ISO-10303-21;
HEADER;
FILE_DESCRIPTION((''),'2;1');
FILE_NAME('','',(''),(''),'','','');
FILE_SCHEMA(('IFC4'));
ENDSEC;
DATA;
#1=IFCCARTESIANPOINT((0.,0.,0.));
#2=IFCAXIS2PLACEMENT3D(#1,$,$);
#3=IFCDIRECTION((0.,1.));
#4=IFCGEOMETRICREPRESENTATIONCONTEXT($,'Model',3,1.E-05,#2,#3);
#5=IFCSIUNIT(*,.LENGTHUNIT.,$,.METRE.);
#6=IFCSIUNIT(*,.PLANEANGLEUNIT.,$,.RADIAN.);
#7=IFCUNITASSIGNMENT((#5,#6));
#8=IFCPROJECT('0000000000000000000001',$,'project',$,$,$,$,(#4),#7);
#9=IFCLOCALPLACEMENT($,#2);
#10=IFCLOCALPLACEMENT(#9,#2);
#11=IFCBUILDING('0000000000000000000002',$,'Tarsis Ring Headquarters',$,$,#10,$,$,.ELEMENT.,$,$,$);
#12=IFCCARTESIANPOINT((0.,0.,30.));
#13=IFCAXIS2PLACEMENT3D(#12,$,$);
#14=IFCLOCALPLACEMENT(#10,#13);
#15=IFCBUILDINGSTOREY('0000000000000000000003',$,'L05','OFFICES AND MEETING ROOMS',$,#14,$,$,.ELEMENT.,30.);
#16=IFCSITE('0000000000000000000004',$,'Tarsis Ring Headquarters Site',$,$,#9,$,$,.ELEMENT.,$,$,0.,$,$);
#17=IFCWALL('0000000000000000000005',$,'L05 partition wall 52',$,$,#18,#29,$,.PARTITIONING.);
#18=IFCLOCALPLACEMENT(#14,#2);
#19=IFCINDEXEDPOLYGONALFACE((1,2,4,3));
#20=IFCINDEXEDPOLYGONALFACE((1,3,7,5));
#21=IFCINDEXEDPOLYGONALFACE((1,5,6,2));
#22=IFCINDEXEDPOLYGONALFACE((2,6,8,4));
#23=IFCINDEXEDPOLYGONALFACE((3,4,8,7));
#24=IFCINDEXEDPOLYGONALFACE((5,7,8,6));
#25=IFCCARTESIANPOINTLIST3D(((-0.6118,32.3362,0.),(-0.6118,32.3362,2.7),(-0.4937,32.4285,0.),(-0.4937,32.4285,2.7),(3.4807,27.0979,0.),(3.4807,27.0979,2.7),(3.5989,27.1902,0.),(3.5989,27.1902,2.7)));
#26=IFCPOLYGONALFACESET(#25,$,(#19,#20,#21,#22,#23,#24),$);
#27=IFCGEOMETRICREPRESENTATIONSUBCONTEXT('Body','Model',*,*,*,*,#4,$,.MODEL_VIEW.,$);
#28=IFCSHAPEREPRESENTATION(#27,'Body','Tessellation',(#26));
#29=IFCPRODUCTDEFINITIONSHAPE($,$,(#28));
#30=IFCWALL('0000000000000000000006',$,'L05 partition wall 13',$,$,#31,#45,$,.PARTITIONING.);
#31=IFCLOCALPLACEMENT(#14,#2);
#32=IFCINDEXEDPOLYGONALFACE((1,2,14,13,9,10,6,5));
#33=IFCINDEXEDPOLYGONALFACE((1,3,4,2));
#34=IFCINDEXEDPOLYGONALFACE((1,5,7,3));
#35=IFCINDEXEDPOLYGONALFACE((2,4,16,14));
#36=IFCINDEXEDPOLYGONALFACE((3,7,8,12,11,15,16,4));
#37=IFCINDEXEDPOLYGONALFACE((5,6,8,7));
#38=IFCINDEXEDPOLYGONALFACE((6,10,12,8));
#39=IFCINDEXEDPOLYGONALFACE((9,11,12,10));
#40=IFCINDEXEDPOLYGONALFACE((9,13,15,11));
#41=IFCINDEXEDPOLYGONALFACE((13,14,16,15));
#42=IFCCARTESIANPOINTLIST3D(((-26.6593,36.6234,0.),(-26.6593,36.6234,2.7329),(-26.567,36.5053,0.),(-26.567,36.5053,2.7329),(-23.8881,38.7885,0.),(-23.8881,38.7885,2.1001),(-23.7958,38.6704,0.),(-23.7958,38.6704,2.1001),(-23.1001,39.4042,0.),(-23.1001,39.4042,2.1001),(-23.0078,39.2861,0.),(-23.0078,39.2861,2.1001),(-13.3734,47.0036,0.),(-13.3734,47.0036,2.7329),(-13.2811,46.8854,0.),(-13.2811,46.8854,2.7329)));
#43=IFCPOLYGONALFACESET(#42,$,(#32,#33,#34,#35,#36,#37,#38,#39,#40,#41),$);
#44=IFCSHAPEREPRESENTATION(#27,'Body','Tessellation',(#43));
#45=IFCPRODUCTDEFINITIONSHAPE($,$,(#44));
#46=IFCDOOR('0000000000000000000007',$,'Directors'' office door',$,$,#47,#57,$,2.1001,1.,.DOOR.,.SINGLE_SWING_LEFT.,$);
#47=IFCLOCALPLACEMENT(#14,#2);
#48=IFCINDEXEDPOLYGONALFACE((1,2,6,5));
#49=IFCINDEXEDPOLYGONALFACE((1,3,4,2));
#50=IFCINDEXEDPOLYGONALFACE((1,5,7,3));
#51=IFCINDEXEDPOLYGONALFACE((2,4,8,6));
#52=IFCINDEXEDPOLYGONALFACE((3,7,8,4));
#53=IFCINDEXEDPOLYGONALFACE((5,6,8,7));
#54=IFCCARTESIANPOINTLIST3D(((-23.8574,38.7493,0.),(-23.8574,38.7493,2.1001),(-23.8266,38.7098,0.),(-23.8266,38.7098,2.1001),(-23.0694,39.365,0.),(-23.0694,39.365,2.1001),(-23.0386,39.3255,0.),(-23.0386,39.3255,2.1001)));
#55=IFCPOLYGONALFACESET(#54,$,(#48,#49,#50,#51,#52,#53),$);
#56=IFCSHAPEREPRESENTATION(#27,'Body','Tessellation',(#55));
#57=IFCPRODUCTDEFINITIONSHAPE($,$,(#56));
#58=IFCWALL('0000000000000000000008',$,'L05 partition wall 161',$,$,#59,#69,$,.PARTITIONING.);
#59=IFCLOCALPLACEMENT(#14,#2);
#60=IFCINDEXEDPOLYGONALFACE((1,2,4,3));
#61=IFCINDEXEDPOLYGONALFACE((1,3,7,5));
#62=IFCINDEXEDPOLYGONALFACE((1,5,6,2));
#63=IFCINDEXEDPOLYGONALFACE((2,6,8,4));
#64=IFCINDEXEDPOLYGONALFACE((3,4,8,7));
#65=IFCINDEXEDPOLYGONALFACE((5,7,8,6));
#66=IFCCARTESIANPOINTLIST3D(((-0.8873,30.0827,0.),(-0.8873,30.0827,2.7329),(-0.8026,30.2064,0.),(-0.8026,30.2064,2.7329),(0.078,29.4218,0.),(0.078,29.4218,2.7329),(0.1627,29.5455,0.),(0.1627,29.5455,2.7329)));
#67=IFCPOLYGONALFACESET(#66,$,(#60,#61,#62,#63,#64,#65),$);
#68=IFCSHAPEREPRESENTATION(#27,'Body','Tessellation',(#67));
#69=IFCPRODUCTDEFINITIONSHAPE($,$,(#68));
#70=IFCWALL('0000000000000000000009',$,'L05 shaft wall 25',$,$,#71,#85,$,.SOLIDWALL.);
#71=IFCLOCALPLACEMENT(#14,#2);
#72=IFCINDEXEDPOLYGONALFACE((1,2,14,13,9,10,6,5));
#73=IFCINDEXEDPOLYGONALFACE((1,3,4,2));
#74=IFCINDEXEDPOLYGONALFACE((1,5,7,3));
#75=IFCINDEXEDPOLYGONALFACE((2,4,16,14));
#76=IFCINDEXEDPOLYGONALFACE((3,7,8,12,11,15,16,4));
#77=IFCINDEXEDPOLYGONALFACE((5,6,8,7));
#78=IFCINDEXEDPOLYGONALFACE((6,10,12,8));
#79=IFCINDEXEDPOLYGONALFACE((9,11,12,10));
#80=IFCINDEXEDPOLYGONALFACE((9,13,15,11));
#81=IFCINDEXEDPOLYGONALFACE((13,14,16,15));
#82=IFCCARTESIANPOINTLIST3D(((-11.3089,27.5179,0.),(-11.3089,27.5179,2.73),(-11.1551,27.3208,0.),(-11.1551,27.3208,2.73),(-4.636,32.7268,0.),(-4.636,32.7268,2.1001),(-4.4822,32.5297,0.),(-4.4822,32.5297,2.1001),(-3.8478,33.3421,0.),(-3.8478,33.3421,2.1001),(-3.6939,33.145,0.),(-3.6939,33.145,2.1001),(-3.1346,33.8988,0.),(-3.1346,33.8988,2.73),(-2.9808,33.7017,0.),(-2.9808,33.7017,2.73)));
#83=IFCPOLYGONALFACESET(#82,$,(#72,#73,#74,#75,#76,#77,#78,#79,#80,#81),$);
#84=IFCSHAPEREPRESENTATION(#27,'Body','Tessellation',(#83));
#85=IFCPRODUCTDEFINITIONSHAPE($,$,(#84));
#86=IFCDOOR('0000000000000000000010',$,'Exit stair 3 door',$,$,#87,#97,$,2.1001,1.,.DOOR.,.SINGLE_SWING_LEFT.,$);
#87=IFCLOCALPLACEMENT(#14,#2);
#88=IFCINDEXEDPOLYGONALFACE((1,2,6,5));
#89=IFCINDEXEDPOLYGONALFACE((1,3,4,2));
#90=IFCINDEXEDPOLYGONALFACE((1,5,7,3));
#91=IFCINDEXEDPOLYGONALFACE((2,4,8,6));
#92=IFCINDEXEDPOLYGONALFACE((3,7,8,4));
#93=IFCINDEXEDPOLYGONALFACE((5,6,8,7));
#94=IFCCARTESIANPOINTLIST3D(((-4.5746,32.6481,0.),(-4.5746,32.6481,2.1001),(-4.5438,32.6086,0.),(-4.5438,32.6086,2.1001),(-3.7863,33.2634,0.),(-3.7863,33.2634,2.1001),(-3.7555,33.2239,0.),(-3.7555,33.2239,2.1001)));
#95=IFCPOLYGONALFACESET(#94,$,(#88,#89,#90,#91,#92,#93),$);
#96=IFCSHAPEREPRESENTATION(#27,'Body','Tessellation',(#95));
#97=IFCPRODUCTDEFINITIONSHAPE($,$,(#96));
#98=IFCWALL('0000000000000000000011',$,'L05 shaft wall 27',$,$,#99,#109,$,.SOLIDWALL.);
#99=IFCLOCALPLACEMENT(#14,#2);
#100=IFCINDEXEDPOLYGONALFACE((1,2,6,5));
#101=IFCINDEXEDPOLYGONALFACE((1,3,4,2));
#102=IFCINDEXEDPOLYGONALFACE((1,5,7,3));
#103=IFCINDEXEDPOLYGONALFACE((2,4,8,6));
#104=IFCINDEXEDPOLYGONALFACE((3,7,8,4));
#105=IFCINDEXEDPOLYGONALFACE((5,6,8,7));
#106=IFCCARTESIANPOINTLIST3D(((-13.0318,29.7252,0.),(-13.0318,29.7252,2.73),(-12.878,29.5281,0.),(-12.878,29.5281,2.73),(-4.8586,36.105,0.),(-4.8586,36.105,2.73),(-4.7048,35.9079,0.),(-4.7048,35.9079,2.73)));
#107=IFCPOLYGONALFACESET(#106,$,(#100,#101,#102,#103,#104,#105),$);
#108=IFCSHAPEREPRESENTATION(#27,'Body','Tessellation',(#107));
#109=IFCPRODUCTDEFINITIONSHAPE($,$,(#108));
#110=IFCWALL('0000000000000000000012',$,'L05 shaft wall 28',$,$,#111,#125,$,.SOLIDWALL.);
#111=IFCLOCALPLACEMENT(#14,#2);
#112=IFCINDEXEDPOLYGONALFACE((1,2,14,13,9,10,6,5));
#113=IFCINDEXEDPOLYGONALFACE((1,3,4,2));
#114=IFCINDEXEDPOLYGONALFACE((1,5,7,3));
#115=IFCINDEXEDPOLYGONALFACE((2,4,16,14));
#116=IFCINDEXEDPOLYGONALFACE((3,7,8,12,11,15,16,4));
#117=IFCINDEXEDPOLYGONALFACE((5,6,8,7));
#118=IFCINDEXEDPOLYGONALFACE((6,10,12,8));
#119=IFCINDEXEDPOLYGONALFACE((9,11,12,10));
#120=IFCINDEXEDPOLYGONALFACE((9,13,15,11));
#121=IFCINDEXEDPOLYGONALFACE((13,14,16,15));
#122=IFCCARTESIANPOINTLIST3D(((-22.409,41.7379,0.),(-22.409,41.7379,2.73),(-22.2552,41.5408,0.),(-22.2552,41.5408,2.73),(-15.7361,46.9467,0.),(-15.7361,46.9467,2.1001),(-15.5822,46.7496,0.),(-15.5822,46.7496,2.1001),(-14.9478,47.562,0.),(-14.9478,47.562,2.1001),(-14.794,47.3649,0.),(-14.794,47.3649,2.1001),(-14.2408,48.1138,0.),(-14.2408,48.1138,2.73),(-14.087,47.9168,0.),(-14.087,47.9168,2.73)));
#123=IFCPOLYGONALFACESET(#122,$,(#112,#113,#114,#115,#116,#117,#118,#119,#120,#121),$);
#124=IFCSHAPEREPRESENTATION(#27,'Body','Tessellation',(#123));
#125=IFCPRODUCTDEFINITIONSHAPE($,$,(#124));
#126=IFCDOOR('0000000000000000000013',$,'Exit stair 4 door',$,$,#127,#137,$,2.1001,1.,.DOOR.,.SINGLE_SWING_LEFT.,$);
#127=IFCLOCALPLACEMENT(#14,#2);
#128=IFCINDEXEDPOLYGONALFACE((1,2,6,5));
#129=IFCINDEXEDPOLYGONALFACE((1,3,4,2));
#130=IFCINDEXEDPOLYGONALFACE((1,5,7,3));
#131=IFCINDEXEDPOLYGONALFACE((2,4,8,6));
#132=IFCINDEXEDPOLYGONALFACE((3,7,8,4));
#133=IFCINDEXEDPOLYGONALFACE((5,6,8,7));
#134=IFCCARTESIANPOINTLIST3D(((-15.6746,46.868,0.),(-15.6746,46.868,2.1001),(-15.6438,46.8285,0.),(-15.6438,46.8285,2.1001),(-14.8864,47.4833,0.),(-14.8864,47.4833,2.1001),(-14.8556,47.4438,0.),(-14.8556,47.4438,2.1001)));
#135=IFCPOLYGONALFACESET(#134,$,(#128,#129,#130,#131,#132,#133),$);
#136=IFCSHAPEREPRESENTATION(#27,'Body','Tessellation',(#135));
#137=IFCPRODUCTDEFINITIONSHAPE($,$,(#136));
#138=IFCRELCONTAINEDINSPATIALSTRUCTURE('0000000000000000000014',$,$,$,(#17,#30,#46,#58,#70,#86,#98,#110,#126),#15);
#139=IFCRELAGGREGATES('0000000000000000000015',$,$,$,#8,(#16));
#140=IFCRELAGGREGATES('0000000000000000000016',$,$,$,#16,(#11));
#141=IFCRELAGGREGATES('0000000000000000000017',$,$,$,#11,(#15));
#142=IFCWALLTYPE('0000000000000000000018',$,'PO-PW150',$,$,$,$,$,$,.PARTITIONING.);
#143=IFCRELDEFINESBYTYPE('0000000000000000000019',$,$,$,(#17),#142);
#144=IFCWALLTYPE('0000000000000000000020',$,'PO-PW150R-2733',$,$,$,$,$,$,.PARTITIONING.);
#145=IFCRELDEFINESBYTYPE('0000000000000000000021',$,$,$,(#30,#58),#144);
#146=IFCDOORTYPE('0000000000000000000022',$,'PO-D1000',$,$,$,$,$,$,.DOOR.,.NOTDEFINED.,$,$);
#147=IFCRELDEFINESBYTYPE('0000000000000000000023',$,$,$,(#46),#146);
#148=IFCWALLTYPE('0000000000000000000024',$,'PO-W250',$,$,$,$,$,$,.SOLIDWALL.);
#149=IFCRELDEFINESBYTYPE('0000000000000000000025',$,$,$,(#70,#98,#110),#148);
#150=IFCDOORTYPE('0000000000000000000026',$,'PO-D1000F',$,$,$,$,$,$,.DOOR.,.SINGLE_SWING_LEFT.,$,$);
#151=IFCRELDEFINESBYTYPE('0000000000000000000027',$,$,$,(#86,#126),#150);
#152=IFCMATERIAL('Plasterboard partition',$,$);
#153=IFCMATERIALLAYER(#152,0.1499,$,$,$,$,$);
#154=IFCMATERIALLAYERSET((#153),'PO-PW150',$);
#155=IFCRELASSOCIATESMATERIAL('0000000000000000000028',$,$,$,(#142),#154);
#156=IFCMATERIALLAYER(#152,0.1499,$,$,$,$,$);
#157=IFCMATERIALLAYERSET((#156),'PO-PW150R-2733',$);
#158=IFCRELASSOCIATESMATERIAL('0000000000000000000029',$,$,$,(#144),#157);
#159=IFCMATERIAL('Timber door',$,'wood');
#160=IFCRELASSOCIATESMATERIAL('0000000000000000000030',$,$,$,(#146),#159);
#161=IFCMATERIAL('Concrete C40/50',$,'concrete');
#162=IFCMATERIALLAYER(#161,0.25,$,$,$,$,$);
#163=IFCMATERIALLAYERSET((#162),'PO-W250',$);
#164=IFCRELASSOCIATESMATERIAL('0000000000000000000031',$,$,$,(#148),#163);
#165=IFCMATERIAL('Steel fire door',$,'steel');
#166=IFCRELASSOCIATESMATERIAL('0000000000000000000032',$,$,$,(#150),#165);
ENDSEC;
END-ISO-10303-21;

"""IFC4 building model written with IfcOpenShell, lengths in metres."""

from ifc_helpers import new_model, si_unit, direction, frame, frame_2d, origin, place, context, subcontext, project, spatial, rectangle, extrude, material, layer, layer_set, type_object, element, fill, save


model = new_model("IFC4")

# Units and contexts
model_context = context("Model", 3, precision=1e-05, world=origin(), true_north=direction((0.0, 1.0)))
body_context = subcontext(model_context, "Body", "Model", "MODEL_VIEW")
ifc_project = project(units=[si_unit("LENGTHUNIT", "METRE"), si_unit("PLANEANGLEUNIT", "RADIAN")], contexts=[model_context])

# Site, building, storey
site_placement = place(None, origin())
site = spatial("IfcSite", under=ifc_project, at=site_placement, Name="Tarsis Ring Headquarters Site", CompositionType="ELEMENT", RefElevation=0.0)
building_placement = place(site_placement, origin())
building = spatial("IfcBuilding", under=site, at=building_placement, Name="Tarsis Ring Headquarters", CompositionType="ELEMENT")
storey_placement = place(building_placement, frame((0.0, 0.0, 30.0)))
storey = spatial("IfcBuildingStorey", under=building, at=storey_placement, Name="L05", Description="OFFICES AND MEETING ROOMS", CompositionType="ELEMENT", Elevation=30.0)

# Shared definitions
ifc_material_1 = material(Name="Concrete C40/50", Category="concrete")

# Wall
ifc_material_2 = material(Name="Plasterboard partition")
ifc_layer_1 = layer(ifc_material_2, 0.1499)
ifc_layer_set_1 = layer_set([ifc_layer_1], Name="PO-PW150")
wall_type_1 = type_object("IfcWallType", Name="PO-PW150", PredefinedType="PARTITIONING", material=ifc_layer_set_1)
wall_1_placement = place(storey_placement, frame((-0.5527, 32.3823, 0.0), z_axis=(0.0, 0.0, 1.0), x_axis=(0.615655, -0.788015, 0.0)))
element("IfcWall", 1, at=wall_1_placement, inside=storey, type_object=wall_type_1, Name="L05 partition wall 52", PredefinedType="PARTITIONING", context=body_context, shape_type="SweptSolid", body=[
    extrude(rectangle(XDim=6.6475, YDim=0.1499, at=frame_2d((3.3237, 0.0))), origin(), (0.0, 0.0, 1.0), 2.7),
])

# Wall, opening, door
ifc_layer_2 = layer(ifc_material_2, 0.1499)
ifc_layer_set_2 = layer_set([ifc_layer_2], Name="PO-PW150R-2733")
wall_type_2 = type_object("IfcWallType", Name="PO-PW150R-2733", PredefinedType="PARTITIONING", material=ifc_layer_set_2)
wall_2_placement = place(storey_placement, frame((-13.3271, 46.9446, 0.0), z_axis=(0.0, 0.0, 1.0), x_axis=(-0.788009, -0.615663, 0.0)))
wall_2 = element("IfcWall", 2, at=wall_2_placement, inside=storey, type_object=wall_type_2, Name="L05 partition wall 13", PredefinedType="PARTITIONING", context=body_context, shape_type="SweptSolid", body=[
    extrude(rectangle(XDim=16.8601, YDim=0.1499, at=frame_2d((8.4302, 0.0))), origin(), (0.0, 0.0, 1.0), 2.7329),
])
opening_1_placement = place(wall_2_placement, frame((12.3435, 0.0, 0.0)))
opening_1 = element("IfcOpeningElement", 3, at=opening_1_placement, cuts=wall_2, PredefinedType="OPENING", context=body_context, shape_type="SweptSolid", body=[
    extrude(rectangle(XDim=1.0, YDim=2.1001, at=frame_2d((0.5, 1.05))), frame((0.0, 0.085, 0.0), z_axis=(0.0, -1.0, 0.0), x_axis=(1.0, 0.0, 0.0)), (0.0, 0.0, 1.0), 0.1699),
])
ifc_material_3 = material(Name="Timber door", Category="wood")
door_type_1 = type_object("IfcDoorType", Name="PO-D1000", OperationType="NOTDEFINED", PredefinedType="DOOR", material=ifc_material_3)
door_1_placement = place(opening_1_placement, origin())
door_1 = element("IfcDoor", 4, at=door_1_placement, inside=storey, type_object=door_type_1, Name="Directors' office door", OperationType="SINGLE_SWING_LEFT", OverallHeight=2.1001, OverallWidth=1.0, PredefinedType="DOOR", context=body_context, shape_type="SweptSolid", body=[
    extrude(rectangle(XDim=1.0, YDim=2.1001, at=frame_2d((0.5, 1.05))), frame((0.0, 0.0249, 0.0), z_axis=(0.0, -1.0, 0.0), x_axis=(1.0, 0.0, 0.0)), (0.0, 0.0, 1.0), 0.05),
])
fill(opening_1, door_1)

# Wall
wall_3_placement = place(storey_placement, frame((-0.845, 30.1445, 0.0), z_axis=(0.0, 0.0, 1.0), x_axis=(0.825149, -0.564916, 0.0)))
element("IfcWall", 5, at=wall_3_placement, inside=storey, type_object=wall_type_2, Name="L05 partition wall 161", PredefinedType="PARTITIONING", context=body_context, shape_type="SweptSolid", body=[
    extrude(rectangle(XDim=1.1699, YDim=0.1499, at=frame_2d((0.585, 0.0))), origin(), (0.0, 0.0, 1.0), 2.7329),
])

# Wall, opening, door
ifc_layer_3 = layer(ifc_material_1, 0.25)
ifc_layer_set_3 = layer_set([ifc_layer_3], Name="PO-W250")
wall_type_3 = type_object("IfcWallType", Name="PO-W250", PredefinedType="SOLIDWALL", material=ifc_layer_set_3)
wall_4_placement = place(storey_placement, frame((-3.0576, 33.8003, 0.0), z_axis=(0.0, 0.0, 1.0), x_axis=(-0.788273, -0.615325, 0.0)))
wall_4 = element("IfcWall", 6, at=wall_4_placement, inside=storey, type_object=wall_type_3, Name="L05 shaft wall 25", PredefinedType="SOLIDWALL", context=body_context, shape_type="SweptSolid", body=[
    extrude(rectangle(XDim=10.3699, YDim=0.25, at=frame_2d((5.1851, 0.0))), origin(), (0.0, 0.0, 1.0), 2.73),
])
opening_2_placement = place(wall_4_placement, frame((0.9048, 0.0, 0.0)))
opening_2 = element("IfcOpeningElement", 7, at=opening_2_placement, cuts=wall_4, PredefinedType="OPENING", context=body_context, shape_type="SweptSolid", body=[
    extrude(rectangle(XDim=1.0, YDim=2.1001, at=frame_2d((0.5, 1.05))), frame((0.0, 0.135, 0.0), z_axis=(0.0, -1.0, 0.0), x_axis=(1.0, 0.0, 0.0)), (0.0, 0.0, 1.0), 0.27),
])
ifc_material_4 = material(Name="Steel fire door", Category="steel")
door_type_2 = type_object("IfcDoorType", Name="PO-D1000F", OperationType="SINGLE_SWING_LEFT", PredefinedType="DOOR", material=ifc_material_4)
door_2_placement = place(opening_2_placement, origin())
door_2 = element("IfcDoor", 8, at=door_2_placement, inside=storey, type_object=door_type_2, Name="Exit stair 3 door", OperationType="SINGLE_SWING_LEFT", OverallHeight=2.1001, OverallWidth=1.0, PredefinedType="DOOR", context=body_context, shape_type="SweptSolid", body=[
    extrude(rectangle(XDim=1.0, YDim=2.1001, at=frame_2d((0.5, 1.05))), frame((0.0, 0.0249, 0.0), z_axis=(0.0, -1.0, 0.0), x_axis=(1.0, 0.0, 0.0)), (0.0, 0.0, 1.0), 0.05),
])
fill(opening_2, door_2)

# Wall
wall_5_placement = place(storey_placement, frame((-12.9548, 29.6267, 0.0), z_axis=(0.0, 0.0, 1.0), x_axis=(0.788283, 0.615312, 0.0)))
element("IfcWall", 9, at=wall_5_placement, inside=storey, type_object=wall_type_3, Name="L05 shaft wall 27", PredefinedType="SOLIDWALL", context=body_context, shape_type="SweptSolid", body=[
    extrude(rectangle(XDim=10.3684, YDim=0.25, at=frame_2d((5.1841, 0.0))), origin(), (0.0, 0.0, 1.0), 2.73),
])

# Wall, opening, door
wall_6_placement = place(storey_placement, frame((-14.1638, 48.0154, 0.0), z_axis=(0.0, 0.0, 1.0), x_axis=(-0.788279, -0.615318, 0.0)))
wall_6 = element("IfcWall", 10, at=wall_6_placement, inside=storey, type_object=wall_type_3, Name="L05 shaft wall 28", PredefinedType="SOLIDWALL", context=body_context, shape_type="SweptSolid", body=[
    extrude(rectangle(XDim=10.3621, YDim=0.25, at=frame_2d((5.1812, 0.0))), origin(), (0.0, 0.0, 1.0), 2.73),
])
opening_3_placement = place(wall_6_placement, frame((0.897, 0.0, 0.0)))
opening_3 = element("IfcOpeningElement", 11, at=opening_3_placement, cuts=wall_6, PredefinedType="OPENING", context=body_context, shape_type="SweptSolid", body=[
    extrude(rectangle(XDim=1.0, YDim=2.1001, at=frame_2d((0.5, 1.05))), frame((0.0, 0.135, 0.0), z_axis=(0.0, -1.0, 0.0), x_axis=(1.0, 0.0, 0.0)), (0.0, 0.0, 1.0), 0.27),
])
door_3_placement = place(opening_3_placement, origin())
door_3 = element("IfcDoor", 12, at=door_3_placement, inside=storey, type_object=door_type_2, Name="Exit stair 4 door", OperationType="SINGLE_SWING_LEFT", OverallHeight=2.1001, OverallWidth=1.0, PredefinedType="DOOR", context=body_context, shape_type="SweptSolid", body=[
    extrude(rectangle(XDim=1.0, YDim=2.1001, at=frame_2d((0.5, 1.05))), frame((0.0, 0.0249, 0.0), z_axis=(0.0, -1.0, 0.0), x_axis=(1.0, 0.0, 0.0)), (0.0, 0.0, 1.0), 0.05),
])
fill(opening_3, door_3)

save(model, "model.ifc")
